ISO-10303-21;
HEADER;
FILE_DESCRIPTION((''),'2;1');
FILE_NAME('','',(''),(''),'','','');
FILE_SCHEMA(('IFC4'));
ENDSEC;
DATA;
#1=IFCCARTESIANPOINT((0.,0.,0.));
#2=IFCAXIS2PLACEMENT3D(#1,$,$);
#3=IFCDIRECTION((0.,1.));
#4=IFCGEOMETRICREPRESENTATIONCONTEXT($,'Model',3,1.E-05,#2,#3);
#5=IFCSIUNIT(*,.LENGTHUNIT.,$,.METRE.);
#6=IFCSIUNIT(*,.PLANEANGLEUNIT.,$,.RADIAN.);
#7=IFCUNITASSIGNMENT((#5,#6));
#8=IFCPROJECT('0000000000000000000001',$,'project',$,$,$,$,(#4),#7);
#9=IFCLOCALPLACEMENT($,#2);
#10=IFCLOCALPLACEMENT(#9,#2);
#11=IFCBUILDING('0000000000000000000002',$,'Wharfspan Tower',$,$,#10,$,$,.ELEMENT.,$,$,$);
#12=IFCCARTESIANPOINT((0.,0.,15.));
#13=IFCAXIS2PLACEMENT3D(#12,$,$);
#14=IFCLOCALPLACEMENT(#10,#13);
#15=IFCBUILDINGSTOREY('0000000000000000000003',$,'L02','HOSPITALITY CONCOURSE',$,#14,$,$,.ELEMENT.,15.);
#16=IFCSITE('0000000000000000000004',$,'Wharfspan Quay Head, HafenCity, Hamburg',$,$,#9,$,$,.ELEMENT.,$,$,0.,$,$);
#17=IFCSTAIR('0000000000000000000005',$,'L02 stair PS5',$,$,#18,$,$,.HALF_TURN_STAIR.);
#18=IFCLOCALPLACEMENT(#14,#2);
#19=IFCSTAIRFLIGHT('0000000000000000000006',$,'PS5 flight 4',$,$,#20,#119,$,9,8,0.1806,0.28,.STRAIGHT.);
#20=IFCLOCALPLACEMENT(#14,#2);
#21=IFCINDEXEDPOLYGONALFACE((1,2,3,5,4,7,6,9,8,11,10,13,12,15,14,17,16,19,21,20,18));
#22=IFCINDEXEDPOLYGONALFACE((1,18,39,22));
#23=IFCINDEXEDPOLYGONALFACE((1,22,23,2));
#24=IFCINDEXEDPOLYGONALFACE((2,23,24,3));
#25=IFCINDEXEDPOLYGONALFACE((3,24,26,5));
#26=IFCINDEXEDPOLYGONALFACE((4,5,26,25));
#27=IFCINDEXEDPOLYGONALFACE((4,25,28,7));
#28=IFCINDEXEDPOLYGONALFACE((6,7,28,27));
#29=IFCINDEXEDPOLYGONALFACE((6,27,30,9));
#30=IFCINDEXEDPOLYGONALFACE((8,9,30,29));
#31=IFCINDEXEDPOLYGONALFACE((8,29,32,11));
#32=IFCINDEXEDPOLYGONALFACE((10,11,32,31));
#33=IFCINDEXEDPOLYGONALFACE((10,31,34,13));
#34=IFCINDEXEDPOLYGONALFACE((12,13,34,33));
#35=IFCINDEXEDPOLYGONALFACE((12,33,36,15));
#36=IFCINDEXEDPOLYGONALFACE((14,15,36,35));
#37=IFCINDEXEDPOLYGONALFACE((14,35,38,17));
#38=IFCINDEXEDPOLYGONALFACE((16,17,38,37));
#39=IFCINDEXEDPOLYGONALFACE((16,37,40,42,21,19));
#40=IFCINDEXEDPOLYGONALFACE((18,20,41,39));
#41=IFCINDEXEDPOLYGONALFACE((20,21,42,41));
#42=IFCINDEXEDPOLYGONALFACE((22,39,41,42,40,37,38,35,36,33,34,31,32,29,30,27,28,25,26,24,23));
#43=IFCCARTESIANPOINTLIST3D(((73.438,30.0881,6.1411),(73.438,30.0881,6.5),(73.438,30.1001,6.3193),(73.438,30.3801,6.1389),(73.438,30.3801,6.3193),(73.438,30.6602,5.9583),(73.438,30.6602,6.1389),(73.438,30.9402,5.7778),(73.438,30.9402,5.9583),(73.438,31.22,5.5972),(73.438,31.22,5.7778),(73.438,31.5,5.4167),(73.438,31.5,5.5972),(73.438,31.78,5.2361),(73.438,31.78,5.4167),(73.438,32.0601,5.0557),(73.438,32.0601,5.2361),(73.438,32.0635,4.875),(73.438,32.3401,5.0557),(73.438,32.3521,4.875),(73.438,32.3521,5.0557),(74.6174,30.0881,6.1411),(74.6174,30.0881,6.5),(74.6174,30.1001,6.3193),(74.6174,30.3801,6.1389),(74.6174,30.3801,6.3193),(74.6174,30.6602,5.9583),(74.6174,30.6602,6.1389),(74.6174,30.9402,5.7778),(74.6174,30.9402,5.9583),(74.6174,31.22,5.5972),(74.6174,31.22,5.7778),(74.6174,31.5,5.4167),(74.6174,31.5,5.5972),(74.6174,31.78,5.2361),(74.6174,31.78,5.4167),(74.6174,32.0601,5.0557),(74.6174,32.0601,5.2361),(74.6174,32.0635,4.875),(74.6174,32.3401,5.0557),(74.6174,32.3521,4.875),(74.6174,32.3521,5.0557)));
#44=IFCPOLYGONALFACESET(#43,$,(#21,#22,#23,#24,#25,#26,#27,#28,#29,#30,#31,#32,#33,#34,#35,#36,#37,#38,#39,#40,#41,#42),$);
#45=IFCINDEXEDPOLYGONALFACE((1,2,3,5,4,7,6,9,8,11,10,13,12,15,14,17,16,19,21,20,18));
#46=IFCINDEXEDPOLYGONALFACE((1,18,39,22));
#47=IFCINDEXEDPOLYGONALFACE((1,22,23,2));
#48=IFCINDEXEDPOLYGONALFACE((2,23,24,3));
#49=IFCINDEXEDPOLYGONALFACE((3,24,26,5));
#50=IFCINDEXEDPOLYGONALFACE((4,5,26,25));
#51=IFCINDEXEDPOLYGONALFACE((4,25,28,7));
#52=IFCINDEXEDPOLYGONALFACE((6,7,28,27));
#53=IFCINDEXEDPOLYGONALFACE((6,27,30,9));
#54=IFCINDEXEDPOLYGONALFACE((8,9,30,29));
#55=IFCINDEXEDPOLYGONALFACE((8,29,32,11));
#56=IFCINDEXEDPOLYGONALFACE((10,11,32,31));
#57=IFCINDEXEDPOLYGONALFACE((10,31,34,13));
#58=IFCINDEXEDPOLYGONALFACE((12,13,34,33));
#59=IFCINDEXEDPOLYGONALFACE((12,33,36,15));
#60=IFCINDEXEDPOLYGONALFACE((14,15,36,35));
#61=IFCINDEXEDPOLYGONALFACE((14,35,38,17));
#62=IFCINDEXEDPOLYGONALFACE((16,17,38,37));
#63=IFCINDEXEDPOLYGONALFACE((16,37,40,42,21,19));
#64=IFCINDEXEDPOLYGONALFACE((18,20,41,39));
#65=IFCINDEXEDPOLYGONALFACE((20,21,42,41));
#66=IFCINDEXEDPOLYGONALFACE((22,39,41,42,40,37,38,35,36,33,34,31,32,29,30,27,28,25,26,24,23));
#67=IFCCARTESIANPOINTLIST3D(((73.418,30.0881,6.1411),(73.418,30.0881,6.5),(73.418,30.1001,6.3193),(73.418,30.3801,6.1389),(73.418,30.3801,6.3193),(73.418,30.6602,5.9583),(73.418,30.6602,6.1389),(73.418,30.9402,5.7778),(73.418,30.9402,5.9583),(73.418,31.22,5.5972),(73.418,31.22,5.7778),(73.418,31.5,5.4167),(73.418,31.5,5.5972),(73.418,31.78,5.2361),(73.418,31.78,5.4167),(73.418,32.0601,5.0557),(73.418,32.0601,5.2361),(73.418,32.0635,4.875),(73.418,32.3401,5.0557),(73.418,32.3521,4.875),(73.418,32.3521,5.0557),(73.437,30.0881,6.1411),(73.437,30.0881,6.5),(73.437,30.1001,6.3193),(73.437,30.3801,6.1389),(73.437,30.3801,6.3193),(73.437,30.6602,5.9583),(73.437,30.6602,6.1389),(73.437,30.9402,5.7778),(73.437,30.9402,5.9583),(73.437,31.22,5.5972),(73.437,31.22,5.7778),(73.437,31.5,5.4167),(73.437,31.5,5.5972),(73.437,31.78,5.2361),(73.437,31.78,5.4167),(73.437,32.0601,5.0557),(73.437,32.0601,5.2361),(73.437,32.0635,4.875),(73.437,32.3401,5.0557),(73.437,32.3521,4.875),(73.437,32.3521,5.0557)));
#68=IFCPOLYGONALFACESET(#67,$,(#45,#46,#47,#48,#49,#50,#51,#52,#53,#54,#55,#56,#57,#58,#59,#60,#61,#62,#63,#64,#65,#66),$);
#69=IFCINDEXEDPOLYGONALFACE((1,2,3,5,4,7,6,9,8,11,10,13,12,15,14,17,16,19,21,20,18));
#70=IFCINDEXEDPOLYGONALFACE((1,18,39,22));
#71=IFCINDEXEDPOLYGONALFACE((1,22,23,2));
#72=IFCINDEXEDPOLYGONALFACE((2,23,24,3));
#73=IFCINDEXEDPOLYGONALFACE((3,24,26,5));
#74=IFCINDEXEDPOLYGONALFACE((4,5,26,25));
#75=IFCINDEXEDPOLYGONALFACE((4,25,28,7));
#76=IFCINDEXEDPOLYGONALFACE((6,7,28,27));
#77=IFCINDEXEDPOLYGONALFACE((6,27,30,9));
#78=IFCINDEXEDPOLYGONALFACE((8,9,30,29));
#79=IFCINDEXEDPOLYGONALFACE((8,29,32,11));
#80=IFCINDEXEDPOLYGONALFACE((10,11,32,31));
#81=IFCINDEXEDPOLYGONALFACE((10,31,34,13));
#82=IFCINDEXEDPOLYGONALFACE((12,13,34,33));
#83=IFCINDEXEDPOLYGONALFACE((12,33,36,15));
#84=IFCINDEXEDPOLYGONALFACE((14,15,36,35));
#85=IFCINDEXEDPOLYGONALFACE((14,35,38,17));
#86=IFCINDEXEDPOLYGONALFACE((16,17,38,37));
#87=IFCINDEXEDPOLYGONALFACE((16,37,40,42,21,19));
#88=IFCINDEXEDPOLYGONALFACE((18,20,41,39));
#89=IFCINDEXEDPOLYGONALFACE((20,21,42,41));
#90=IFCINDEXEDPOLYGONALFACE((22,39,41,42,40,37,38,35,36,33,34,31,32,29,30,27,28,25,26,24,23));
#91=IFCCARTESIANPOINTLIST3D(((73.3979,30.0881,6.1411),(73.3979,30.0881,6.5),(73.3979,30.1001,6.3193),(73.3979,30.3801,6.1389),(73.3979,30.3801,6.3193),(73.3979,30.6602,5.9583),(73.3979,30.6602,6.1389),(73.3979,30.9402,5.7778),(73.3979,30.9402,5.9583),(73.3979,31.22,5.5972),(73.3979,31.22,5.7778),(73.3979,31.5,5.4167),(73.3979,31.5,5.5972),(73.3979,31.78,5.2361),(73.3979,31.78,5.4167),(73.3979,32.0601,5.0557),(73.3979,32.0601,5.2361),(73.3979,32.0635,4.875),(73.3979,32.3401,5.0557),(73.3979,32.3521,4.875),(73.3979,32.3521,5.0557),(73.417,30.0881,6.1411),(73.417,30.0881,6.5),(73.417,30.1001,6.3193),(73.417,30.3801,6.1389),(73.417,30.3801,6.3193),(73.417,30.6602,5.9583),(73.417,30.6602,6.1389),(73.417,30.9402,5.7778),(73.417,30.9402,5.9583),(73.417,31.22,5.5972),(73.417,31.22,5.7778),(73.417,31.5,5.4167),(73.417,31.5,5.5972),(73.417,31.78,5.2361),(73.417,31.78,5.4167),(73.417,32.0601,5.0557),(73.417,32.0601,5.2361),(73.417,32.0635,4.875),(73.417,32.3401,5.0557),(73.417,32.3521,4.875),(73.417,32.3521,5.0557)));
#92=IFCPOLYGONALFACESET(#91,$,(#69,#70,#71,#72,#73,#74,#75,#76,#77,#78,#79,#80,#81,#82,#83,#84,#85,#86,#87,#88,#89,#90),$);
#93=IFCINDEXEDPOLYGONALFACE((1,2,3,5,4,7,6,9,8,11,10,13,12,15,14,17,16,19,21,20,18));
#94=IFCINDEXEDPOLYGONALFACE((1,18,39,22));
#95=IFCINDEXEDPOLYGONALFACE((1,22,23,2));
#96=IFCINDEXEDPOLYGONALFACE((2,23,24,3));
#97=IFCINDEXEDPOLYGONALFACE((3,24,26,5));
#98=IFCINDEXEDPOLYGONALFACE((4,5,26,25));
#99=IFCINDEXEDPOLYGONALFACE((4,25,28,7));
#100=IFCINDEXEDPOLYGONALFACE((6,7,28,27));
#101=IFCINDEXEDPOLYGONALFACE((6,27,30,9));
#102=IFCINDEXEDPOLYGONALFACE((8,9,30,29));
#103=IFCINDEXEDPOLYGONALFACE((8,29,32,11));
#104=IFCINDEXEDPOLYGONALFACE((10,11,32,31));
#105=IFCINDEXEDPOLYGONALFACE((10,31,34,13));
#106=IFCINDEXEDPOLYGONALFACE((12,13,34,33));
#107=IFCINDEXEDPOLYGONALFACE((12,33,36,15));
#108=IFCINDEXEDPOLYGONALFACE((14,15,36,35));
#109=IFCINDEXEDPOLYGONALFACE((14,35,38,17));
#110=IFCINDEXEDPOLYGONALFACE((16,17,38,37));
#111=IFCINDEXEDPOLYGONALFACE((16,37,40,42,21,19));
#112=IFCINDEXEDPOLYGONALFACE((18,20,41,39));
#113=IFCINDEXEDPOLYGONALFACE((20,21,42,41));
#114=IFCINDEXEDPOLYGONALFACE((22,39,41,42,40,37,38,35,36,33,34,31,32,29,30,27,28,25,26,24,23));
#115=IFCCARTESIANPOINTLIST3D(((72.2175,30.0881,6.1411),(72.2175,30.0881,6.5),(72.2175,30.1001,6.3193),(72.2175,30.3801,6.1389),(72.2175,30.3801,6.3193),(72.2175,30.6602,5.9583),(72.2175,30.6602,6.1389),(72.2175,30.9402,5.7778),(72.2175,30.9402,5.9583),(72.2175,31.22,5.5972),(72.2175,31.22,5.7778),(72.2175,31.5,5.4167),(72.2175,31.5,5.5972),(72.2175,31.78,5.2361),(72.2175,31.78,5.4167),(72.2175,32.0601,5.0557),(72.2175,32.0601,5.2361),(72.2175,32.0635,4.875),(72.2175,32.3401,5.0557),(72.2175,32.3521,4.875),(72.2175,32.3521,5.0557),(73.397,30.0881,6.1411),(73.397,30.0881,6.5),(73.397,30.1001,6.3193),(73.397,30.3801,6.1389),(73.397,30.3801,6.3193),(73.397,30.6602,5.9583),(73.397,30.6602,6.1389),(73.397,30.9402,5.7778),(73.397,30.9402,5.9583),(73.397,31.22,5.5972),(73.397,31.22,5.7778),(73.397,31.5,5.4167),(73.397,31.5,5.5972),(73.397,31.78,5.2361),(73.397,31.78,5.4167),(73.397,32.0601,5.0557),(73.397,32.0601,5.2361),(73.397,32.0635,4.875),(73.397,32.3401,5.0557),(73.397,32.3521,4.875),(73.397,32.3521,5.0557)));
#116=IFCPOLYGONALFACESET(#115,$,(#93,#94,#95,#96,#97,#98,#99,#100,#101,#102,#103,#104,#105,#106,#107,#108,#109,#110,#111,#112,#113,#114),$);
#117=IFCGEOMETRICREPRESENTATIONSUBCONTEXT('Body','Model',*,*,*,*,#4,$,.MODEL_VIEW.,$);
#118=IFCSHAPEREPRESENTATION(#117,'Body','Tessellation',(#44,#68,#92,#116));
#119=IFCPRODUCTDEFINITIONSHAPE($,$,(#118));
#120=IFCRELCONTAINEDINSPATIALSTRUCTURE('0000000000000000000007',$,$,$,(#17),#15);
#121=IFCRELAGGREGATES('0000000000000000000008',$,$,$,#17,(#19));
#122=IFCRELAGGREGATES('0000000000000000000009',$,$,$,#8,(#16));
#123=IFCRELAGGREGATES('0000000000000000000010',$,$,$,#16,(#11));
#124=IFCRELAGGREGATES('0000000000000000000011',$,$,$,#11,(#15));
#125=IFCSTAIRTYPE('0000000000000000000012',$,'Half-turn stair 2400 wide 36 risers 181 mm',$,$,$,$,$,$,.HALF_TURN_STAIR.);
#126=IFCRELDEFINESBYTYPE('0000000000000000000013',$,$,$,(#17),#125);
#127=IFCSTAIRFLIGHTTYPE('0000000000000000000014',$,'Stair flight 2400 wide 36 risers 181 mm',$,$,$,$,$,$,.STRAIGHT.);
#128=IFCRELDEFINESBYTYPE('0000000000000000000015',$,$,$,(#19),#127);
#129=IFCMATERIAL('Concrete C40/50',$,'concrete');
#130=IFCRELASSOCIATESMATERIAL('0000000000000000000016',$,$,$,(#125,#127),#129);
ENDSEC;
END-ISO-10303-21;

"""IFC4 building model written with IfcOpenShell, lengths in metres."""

from ifc_helpers import new_model, si_unit, direction, frame, origin, place, context, subcontext, project, spatial, polyline, outline, extrude, material, type_object, element, aggregate, save


model = new_model("IFC4")

# Units and contexts
model_context = context("Model", 3, precision=1e-05, world=origin(), true_north=direction((0.0, 1.0)))
body_context = subcontext(model_context, "Body", "Model", "MODEL_VIEW")
ifc_project = project(units=[si_unit("LENGTHUNIT", "METRE"), si_unit("PLANEANGLEUNIT", "RADIAN")], contexts=[model_context])

# Site, building, storey
site_placement = place(None, origin())
site = spatial("IfcSite", under=ifc_project, at=site_placement, Name="Wharfspan Quay Head, HafenCity, Hamburg", CompositionType="ELEMENT", RefElevation=0.0)
building_placement = place(site_placement, origin())
building = spatial("IfcBuilding", under=site, at=building_placement, Name="Wharfspan Tower", CompositionType="ELEMENT")
storey_placement = place(building_placement, frame((0.0, 0.0, 15.0)))
storey = spatial("IfcBuildingStorey", under=building, at=storey_placement, Name="L02", Description="HOSPITALITY CONCOURSE", CompositionType="ELEMENT", Elevation=15.0)

# Shared definitions
ifc_material_1 = material(Name="Concrete C40/50", Category="concrete")

# Shared definitions
stair_type = type_object("IfcStairType", Name="Half-turn stair 2400 wide 36 risers 181 mm", PredefinedType="HALF_TURN_STAIR", material=ifc_material_1)
stair_flight_type = type_object("IfcStairFlightType", Name="Stair flight 2400 wide 36 risers 181 mm", PredefinedType="STRAIGHT", material=ifc_material_1)

# Stair, stair flight
stair_1_placement = place(storey_placement, origin())
stair_1 = element("IfcStair", 1, at=stair_1_placement, inside=storey, type_object=stair_type, Name="L02 stair PS5", PredefinedType="HALF_TURN_STAIR")
stair_flight_1_placement = place(storey_placement, frame((73.4175, 32.3401, 4.875), z_axis=(0.0, 0.0, 1.0), x_axis=(0.0, -1.0, 0.0)))
stair_flight_1 = element("IfcStairFlight", 2, at=stair_flight_1_placement, type_object=stair_flight_type, Name="PS5 flight 4", NumberOfRisers=9, NumberOfTreads=8, PredefinedType="STRAIGHT", RiserHeight=0.1806, TreadLength=0.28, context=body_context, shape_type="SweptSolid", body=[
    extrude(outline(polyline([(-0.012, 0.0), (-0.012, 0.1807), (0.0, 0.1807), (0.28, 0.1807), (0.28, 0.3611), (0.5601, 0.3611), (0.5601, 0.5417), (0.8401, 0.5417), (0.8401, 0.7222), (1.1201, 0.7222), (1.1201, 0.9028), (1.3999, 0.9028), (1.3999, 1.0833), (1.6799, 1.0833), (1.6799, 1.2639), (1.96, 1.2639), (1.96, 1.4443), (2.24, 1.4443), (2.252, 1.625), (2.252, 1.2661), (0.2766, 0.0), (-0.012, 0.0)])), frame((0.0, 1.2, 0.0), z_axis=(0.0, -1.0, 0.0), x_axis=(1.0, 0.0, 0.0)), (0.0, 0.0, 1.0), 1.1794),
    extrude(outline(polyline([(-0.012, 0.0), (-0.012, 0.1807), (0.0, 0.1807), (0.28, 0.1807), (0.28, 0.3611), (0.5601, 0.3611), (0.5601, 0.5417), (0.8401, 0.5417), (0.8401, 0.7222), (1.1201, 0.7222), (1.1201, 0.9028), (1.3999, 0.9028), (1.3999, 1.0833), (1.6799, 1.0833), (1.6799, 1.2639), (1.96, 1.2639), (1.96, 1.4443), (2.24, 1.4443), (2.252, 1.625), (2.252, 1.2661), (0.2766, 0.0), (-0.012, 0.0)])), frame((0.0, 0.0195, 0.0), z_axis=(0.0, -1.0, 0.0), x_axis=(1.0, 0.0, 0.0)), (0.0, 0.0, 1.0), 0.019),
    extrude(outline(polyline([(-0.012, 0.0), (-0.012, 0.1807), (0.0, 0.1807), (0.28, 0.1807), (0.28, 0.3611), (0.5601, 0.3611), (0.5601, 0.5417), (0.8401, 0.5417), (0.8401, 0.7222), (1.1201, 0.7222), (1.1201, 0.9028), (1.3999, 0.9028), (1.3999, 1.0833), (1.6799, 1.0833), (1.6799, 1.2639), (1.96, 1.2639), (1.96, 1.4443), (2.24, 1.4443), (2.252, 1.625), (2.252, 1.2661), (0.2766, 0.0), (-0.012, 0.0)])), frame((0.0, -0.0005, 0.0), z_axis=(0.0, -1.0, 0.0), x_axis=(1.0, 0.0, 0.0)), (0.0, 0.0, 1.0), 0.019),
    extrude(outline(polyline([(-0.012, 0.0), (-0.012, 0.1807), (0.0, 0.1807), (0.28, 0.1807), (0.28, 0.3611), (0.5601, 0.3611), (0.5601, 0.5417), (0.8401, 0.5417), (0.8401, 0.7222), (1.1201, 0.7222), (1.1201, 0.9028), (1.3999, 0.9028), (1.3999, 1.0833), (1.6799, 1.0833), (1.6799, 1.2639), (1.96, 1.2639), (1.96, 1.4443), (2.24, 1.4443), (2.252, 1.625), (2.252, 1.2661), (0.2766, 0.0), (-0.012, 0.0)])), frame((0.0, -0.0205, 0.0), z_axis=(0.0, -1.0, 0.0), x_axis=(1.0, 0.0, 0.0)), (0.0, 0.0, 1.0), 1.1794),
])
aggregate(stair_1, [stair_flight_1])

save(model, "model.ifc")
